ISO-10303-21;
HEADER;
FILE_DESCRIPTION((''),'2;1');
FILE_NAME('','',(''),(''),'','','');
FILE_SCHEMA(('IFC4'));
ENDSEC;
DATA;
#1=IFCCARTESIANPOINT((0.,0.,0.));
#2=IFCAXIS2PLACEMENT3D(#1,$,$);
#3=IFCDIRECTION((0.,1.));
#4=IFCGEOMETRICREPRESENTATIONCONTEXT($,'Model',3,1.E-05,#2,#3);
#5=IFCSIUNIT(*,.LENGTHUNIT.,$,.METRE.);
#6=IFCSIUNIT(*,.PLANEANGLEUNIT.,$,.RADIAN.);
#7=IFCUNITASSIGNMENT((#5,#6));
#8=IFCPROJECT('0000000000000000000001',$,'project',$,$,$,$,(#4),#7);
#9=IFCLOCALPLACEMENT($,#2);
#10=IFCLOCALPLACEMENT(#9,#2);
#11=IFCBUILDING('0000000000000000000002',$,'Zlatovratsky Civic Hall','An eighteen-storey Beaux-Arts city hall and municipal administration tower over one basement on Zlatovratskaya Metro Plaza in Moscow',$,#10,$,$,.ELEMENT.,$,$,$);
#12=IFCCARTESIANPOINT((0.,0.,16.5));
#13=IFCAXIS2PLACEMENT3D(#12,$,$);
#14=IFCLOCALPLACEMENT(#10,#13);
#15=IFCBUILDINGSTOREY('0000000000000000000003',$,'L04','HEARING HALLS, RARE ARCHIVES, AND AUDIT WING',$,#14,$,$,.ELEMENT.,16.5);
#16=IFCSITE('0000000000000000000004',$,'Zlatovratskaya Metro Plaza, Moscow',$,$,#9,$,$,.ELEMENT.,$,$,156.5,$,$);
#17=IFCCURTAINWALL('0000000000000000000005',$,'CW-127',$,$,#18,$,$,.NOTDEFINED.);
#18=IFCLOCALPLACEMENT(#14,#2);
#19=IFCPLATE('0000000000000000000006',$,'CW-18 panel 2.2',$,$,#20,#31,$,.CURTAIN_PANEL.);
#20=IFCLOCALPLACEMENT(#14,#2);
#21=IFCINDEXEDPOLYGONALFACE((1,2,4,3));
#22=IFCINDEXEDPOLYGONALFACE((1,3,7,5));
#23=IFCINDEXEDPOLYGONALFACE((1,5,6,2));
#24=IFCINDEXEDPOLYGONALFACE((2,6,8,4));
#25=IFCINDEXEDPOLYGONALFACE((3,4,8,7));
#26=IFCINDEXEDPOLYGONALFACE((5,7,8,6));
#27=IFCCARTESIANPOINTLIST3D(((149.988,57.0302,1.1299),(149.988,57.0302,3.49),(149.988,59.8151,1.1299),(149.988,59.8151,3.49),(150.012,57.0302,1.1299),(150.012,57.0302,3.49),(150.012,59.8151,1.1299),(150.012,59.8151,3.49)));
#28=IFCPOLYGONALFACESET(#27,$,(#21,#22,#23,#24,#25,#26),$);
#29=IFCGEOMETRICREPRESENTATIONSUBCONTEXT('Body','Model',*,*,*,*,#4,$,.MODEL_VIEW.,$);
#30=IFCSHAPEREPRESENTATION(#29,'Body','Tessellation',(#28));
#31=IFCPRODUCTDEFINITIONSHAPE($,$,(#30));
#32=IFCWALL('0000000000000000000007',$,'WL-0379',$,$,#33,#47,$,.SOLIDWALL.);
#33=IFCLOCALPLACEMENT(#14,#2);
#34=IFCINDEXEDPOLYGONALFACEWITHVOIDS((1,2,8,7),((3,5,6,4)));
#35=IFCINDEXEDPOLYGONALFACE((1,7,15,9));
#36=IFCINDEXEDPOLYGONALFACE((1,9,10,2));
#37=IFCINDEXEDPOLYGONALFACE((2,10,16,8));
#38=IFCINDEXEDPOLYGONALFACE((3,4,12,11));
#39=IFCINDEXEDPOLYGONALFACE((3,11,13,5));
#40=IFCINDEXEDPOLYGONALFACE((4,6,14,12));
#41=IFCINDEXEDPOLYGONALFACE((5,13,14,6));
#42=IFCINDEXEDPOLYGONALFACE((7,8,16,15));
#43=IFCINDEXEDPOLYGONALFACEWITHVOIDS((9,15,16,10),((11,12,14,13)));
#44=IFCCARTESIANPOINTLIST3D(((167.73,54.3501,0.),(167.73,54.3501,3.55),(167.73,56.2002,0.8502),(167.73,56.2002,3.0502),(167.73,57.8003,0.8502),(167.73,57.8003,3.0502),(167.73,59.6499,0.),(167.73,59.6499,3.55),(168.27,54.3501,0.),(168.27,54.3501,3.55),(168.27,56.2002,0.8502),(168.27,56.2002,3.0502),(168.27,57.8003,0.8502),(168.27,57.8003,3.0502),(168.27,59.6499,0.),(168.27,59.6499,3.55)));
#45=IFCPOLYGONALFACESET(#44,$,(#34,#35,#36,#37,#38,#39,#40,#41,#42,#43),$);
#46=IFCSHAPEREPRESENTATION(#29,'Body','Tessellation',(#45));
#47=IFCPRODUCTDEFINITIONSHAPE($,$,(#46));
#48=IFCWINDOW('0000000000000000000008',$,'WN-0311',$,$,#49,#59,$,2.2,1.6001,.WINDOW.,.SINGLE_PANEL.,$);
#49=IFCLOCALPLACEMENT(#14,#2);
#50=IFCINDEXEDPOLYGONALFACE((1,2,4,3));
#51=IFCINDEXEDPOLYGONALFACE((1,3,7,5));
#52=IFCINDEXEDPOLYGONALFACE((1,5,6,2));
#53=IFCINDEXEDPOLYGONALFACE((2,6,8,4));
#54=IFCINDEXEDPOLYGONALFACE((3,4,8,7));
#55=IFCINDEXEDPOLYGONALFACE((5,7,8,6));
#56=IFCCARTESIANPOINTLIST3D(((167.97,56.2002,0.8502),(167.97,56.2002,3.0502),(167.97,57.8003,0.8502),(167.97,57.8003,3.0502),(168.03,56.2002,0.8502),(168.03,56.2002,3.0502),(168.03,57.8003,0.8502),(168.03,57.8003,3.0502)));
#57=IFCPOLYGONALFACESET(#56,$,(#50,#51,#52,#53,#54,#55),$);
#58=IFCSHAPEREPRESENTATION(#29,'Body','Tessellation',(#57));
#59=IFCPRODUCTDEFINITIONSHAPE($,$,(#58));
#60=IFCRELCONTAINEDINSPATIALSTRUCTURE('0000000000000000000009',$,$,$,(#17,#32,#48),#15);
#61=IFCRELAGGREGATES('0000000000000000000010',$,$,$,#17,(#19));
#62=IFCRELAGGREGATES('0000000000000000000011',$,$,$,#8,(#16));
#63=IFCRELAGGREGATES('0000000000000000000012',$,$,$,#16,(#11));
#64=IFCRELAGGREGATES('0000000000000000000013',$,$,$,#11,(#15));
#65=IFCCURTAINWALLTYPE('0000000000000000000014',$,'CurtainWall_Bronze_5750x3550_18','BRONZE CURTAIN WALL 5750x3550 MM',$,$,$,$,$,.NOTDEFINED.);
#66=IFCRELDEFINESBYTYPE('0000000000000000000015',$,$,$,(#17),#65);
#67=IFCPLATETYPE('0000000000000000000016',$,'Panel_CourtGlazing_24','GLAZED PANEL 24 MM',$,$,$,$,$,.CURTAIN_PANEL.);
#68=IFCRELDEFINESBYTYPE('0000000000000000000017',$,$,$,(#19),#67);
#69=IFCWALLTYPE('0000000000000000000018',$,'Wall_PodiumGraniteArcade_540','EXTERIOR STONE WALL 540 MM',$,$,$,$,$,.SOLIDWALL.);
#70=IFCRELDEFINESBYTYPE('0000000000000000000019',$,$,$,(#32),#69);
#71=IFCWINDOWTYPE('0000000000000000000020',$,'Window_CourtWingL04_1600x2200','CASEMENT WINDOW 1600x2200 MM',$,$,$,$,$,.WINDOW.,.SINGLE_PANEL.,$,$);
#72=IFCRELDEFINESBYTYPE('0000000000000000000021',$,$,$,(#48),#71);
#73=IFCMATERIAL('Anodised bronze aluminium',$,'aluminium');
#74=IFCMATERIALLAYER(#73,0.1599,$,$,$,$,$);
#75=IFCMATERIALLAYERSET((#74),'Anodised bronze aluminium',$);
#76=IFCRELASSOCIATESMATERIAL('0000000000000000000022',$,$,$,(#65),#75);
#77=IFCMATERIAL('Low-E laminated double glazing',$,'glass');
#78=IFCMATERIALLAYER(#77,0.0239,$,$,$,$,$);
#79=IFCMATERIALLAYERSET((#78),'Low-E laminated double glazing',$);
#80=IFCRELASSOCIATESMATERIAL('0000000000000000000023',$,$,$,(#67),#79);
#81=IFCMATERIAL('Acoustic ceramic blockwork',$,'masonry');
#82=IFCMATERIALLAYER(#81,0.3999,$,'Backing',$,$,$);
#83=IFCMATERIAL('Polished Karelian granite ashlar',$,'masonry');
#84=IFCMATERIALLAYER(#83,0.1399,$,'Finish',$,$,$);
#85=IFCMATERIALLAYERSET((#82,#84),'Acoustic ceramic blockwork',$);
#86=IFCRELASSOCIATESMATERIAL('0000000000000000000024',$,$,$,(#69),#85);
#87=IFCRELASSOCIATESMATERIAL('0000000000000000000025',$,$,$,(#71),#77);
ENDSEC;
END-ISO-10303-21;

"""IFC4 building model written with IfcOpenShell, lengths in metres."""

from ifc_helpers import new_model, si_unit, direction, frame, frame_2d, origin, origin_2d, place, context, subcontext, project, spatial, rectangle, extrude, material, layer, layer_set, type_object, element, fill, aggregate, save


model = new_model("IFC4")

# Units and contexts
model_context = context("Model", 3, precision=1e-05, world=origin(), true_north=direction((0.0, 1.0)))
body_context = subcontext(model_context, "Body", "Model", "MODEL_VIEW")
ifc_project = project(units=[si_unit("LENGTHUNIT", "METRE"), si_unit("PLANEANGLEUNIT", "RADIAN")], contexts=[model_context])

# Site, building, storey
site_placement = place(None, origin())
site = spatial("IfcSite", under=ifc_project, at=site_placement, Name="Zlatovratskaya Metro Plaza, Moscow", CompositionType="ELEMENT", RefElevation=156.5)
building_placement = place(site_placement, origin())
building = spatial("IfcBuilding", under=site, at=building_placement, Name="Zlatovratsky Civic Hall", Description="An eighteen-storey Beaux-Arts city hall and municipal administration tower over one basement on Zlatovratskaya Metro Plaza in Moscow", CompositionType="ELEMENT")
storey_placement = place(building_placement, frame((0.0, 0.0, 16.5)))
storey = spatial("IfcBuildingStorey", under=building, at=storey_placement, Name="L04", Description="HEARING HALLS, RARE ARCHIVES, AND AUDIT WING", CompositionType="ELEMENT", Elevation=16.5)

# Curtain wall
ifc_material_1 = material(Name="Anodised bronze aluminium", Category="aluminium")
ifc_layer_1 = layer(ifc_material_1, 0.1599)
ifc_layer_set_1 = layer_set([ifc_layer_1], Name="Anodised bronze aluminium")
curtain_wall_type = type_object("IfcCurtainWallType", Name="CurtainWall_Bronze_5750x3550_18", Description="BRONZE CURTAIN WALL 5750x3550 MM", PredefinedType="NOTDEFINED", material=ifc_layer_set_1)
curtain_wall_1_placement = place(storey_placement, origin())
curtain_wall_1 = element("IfcCurtainWall", 1, at=curtain_wall_1_placement, inside=storey, type_object=curtain_wall_type, Name="CW-127", PredefinedType="NOTDEFINED")

# Plate
ifc_material_2 = material(Name="Low-E laminated double glazing", Category="glass")
ifc_layer_2 = layer(ifc_material_2, 0.0239)
ifc_layer_set_2 = layer_set([ifc_layer_2], Name="Low-E laminated double glazing")
plate_type = type_object("IfcPlateType", Name="Panel_CourtGlazing_24", Description="GLAZED PANEL 24 MM", PredefinedType="CURTAIN_PANEL", material=ifc_layer_set_2)
plate_1_placement = place(storey_placement, frame((150.0, 58.4226, 1.1299), z_axis=(0.0, 0.0, 1.0), x_axis=(0.0, 1.0, 0.0)))
plate_1 = element("IfcPlate", 2, at=plate_1_placement, type_object=plate_type, Name="CW-18 panel 2.2", PredefinedType="CURTAIN_PANEL", context=body_context, shape_type="SweptSolid", body=[
    extrude(rectangle(XDim=2.7849, YDim=0.0239, at=origin_2d()), origin(), (0.0, 0.0, 1.0), 2.3601),
])
aggregate(curtain_wall_1, [plate_1])

# Wall, opening, window
ifc_material_3 = material(Name="Acoustic ceramic blockwork", Category="masonry")
ifc_layer_3 = layer(ifc_material_3, 0.3999, Name="Backing")
ifc_material_4 = material(Name="Polished Karelian granite ashlar", Category="masonry")
ifc_layer_4 = layer(ifc_material_4, 0.1399, Name="Finish")
ifc_layer_set_3 = layer_set([ifc_layer_3, ifc_layer_4], Name="Acoustic ceramic blockwork")
wall_type = type_object("IfcWallType", Name="Wall_PodiumGraniteArcade_540", Description="EXTERIOR STONE WALL 540 MM", PredefinedType="SOLIDWALL", material=ifc_layer_set_3)
wall_placement = place(storey_placement, frame((168.0, 54.3501, 0.0), z_axis=(0.0, 0.0, 1.0), x_axis=(0.0, 1.0, 0.0)))
wall = element("IfcWall", 3, at=wall_placement, inside=storey, type_object=wall_type, Name="WL-0379", PredefinedType="SOLIDWALL", context=body_context, shape_type="SweptSolid", body=[
    extrude(rectangle(XDim=5.2998, YDim=0.54, at=frame_2d((2.6499, 0.0))), origin(), (0.0, 0.0, 1.0), 3.55),
])
opening_placement = place(wall_placement, frame((1.8501, 0.0, 0.8501)))
opening = element("IfcOpeningElement", 4, at=opening_placement, cuts=wall, PredefinedType="OPENING", context=body_context, shape_type="SweptSolid", body=[
    extrude(rectangle(XDim=1.6001, YDim=2.2, at=frame_2d((0.8, 1.1001))), frame((0.0, 0.2849, 0.0), z_axis=(0.0, -1.0, 0.0), x_axis=(1.0, 0.0, 0.0)), (0.0, 0.0, 1.0), 0.5698),
])
window_type = type_object("IfcWindowType", Name="Window_CourtWingL04_1600x2200", Description="CASEMENT WINDOW 1600x2200 MM", PartitioningType="SINGLE_PANEL", PredefinedType="WINDOW", material=ifc_material_2)
window_placement = place(opening_placement, origin())
window = element("IfcWindow", 5, at=window_placement, inside=storey, type_object=window_type, Name="WN-0311", OverallHeight=2.2, OverallWidth=1.6001, PartitioningType="SINGLE_PANEL", PredefinedType="WINDOW", context=body_context, shape_type="SweptSolid", body=[
    extrude(rectangle(XDim=1.6001, YDim=2.2, at=frame_2d((0.8, 1.1001))), frame((0.0, 0.03, 0.0), z_axis=(0.0, -1.0, 0.0), x_axis=(1.0, 0.0, 0.0)), (0.0, 0.0, 1.0), 0.0601),
])
fill(opening, window)

save(model, "model.ifc")
